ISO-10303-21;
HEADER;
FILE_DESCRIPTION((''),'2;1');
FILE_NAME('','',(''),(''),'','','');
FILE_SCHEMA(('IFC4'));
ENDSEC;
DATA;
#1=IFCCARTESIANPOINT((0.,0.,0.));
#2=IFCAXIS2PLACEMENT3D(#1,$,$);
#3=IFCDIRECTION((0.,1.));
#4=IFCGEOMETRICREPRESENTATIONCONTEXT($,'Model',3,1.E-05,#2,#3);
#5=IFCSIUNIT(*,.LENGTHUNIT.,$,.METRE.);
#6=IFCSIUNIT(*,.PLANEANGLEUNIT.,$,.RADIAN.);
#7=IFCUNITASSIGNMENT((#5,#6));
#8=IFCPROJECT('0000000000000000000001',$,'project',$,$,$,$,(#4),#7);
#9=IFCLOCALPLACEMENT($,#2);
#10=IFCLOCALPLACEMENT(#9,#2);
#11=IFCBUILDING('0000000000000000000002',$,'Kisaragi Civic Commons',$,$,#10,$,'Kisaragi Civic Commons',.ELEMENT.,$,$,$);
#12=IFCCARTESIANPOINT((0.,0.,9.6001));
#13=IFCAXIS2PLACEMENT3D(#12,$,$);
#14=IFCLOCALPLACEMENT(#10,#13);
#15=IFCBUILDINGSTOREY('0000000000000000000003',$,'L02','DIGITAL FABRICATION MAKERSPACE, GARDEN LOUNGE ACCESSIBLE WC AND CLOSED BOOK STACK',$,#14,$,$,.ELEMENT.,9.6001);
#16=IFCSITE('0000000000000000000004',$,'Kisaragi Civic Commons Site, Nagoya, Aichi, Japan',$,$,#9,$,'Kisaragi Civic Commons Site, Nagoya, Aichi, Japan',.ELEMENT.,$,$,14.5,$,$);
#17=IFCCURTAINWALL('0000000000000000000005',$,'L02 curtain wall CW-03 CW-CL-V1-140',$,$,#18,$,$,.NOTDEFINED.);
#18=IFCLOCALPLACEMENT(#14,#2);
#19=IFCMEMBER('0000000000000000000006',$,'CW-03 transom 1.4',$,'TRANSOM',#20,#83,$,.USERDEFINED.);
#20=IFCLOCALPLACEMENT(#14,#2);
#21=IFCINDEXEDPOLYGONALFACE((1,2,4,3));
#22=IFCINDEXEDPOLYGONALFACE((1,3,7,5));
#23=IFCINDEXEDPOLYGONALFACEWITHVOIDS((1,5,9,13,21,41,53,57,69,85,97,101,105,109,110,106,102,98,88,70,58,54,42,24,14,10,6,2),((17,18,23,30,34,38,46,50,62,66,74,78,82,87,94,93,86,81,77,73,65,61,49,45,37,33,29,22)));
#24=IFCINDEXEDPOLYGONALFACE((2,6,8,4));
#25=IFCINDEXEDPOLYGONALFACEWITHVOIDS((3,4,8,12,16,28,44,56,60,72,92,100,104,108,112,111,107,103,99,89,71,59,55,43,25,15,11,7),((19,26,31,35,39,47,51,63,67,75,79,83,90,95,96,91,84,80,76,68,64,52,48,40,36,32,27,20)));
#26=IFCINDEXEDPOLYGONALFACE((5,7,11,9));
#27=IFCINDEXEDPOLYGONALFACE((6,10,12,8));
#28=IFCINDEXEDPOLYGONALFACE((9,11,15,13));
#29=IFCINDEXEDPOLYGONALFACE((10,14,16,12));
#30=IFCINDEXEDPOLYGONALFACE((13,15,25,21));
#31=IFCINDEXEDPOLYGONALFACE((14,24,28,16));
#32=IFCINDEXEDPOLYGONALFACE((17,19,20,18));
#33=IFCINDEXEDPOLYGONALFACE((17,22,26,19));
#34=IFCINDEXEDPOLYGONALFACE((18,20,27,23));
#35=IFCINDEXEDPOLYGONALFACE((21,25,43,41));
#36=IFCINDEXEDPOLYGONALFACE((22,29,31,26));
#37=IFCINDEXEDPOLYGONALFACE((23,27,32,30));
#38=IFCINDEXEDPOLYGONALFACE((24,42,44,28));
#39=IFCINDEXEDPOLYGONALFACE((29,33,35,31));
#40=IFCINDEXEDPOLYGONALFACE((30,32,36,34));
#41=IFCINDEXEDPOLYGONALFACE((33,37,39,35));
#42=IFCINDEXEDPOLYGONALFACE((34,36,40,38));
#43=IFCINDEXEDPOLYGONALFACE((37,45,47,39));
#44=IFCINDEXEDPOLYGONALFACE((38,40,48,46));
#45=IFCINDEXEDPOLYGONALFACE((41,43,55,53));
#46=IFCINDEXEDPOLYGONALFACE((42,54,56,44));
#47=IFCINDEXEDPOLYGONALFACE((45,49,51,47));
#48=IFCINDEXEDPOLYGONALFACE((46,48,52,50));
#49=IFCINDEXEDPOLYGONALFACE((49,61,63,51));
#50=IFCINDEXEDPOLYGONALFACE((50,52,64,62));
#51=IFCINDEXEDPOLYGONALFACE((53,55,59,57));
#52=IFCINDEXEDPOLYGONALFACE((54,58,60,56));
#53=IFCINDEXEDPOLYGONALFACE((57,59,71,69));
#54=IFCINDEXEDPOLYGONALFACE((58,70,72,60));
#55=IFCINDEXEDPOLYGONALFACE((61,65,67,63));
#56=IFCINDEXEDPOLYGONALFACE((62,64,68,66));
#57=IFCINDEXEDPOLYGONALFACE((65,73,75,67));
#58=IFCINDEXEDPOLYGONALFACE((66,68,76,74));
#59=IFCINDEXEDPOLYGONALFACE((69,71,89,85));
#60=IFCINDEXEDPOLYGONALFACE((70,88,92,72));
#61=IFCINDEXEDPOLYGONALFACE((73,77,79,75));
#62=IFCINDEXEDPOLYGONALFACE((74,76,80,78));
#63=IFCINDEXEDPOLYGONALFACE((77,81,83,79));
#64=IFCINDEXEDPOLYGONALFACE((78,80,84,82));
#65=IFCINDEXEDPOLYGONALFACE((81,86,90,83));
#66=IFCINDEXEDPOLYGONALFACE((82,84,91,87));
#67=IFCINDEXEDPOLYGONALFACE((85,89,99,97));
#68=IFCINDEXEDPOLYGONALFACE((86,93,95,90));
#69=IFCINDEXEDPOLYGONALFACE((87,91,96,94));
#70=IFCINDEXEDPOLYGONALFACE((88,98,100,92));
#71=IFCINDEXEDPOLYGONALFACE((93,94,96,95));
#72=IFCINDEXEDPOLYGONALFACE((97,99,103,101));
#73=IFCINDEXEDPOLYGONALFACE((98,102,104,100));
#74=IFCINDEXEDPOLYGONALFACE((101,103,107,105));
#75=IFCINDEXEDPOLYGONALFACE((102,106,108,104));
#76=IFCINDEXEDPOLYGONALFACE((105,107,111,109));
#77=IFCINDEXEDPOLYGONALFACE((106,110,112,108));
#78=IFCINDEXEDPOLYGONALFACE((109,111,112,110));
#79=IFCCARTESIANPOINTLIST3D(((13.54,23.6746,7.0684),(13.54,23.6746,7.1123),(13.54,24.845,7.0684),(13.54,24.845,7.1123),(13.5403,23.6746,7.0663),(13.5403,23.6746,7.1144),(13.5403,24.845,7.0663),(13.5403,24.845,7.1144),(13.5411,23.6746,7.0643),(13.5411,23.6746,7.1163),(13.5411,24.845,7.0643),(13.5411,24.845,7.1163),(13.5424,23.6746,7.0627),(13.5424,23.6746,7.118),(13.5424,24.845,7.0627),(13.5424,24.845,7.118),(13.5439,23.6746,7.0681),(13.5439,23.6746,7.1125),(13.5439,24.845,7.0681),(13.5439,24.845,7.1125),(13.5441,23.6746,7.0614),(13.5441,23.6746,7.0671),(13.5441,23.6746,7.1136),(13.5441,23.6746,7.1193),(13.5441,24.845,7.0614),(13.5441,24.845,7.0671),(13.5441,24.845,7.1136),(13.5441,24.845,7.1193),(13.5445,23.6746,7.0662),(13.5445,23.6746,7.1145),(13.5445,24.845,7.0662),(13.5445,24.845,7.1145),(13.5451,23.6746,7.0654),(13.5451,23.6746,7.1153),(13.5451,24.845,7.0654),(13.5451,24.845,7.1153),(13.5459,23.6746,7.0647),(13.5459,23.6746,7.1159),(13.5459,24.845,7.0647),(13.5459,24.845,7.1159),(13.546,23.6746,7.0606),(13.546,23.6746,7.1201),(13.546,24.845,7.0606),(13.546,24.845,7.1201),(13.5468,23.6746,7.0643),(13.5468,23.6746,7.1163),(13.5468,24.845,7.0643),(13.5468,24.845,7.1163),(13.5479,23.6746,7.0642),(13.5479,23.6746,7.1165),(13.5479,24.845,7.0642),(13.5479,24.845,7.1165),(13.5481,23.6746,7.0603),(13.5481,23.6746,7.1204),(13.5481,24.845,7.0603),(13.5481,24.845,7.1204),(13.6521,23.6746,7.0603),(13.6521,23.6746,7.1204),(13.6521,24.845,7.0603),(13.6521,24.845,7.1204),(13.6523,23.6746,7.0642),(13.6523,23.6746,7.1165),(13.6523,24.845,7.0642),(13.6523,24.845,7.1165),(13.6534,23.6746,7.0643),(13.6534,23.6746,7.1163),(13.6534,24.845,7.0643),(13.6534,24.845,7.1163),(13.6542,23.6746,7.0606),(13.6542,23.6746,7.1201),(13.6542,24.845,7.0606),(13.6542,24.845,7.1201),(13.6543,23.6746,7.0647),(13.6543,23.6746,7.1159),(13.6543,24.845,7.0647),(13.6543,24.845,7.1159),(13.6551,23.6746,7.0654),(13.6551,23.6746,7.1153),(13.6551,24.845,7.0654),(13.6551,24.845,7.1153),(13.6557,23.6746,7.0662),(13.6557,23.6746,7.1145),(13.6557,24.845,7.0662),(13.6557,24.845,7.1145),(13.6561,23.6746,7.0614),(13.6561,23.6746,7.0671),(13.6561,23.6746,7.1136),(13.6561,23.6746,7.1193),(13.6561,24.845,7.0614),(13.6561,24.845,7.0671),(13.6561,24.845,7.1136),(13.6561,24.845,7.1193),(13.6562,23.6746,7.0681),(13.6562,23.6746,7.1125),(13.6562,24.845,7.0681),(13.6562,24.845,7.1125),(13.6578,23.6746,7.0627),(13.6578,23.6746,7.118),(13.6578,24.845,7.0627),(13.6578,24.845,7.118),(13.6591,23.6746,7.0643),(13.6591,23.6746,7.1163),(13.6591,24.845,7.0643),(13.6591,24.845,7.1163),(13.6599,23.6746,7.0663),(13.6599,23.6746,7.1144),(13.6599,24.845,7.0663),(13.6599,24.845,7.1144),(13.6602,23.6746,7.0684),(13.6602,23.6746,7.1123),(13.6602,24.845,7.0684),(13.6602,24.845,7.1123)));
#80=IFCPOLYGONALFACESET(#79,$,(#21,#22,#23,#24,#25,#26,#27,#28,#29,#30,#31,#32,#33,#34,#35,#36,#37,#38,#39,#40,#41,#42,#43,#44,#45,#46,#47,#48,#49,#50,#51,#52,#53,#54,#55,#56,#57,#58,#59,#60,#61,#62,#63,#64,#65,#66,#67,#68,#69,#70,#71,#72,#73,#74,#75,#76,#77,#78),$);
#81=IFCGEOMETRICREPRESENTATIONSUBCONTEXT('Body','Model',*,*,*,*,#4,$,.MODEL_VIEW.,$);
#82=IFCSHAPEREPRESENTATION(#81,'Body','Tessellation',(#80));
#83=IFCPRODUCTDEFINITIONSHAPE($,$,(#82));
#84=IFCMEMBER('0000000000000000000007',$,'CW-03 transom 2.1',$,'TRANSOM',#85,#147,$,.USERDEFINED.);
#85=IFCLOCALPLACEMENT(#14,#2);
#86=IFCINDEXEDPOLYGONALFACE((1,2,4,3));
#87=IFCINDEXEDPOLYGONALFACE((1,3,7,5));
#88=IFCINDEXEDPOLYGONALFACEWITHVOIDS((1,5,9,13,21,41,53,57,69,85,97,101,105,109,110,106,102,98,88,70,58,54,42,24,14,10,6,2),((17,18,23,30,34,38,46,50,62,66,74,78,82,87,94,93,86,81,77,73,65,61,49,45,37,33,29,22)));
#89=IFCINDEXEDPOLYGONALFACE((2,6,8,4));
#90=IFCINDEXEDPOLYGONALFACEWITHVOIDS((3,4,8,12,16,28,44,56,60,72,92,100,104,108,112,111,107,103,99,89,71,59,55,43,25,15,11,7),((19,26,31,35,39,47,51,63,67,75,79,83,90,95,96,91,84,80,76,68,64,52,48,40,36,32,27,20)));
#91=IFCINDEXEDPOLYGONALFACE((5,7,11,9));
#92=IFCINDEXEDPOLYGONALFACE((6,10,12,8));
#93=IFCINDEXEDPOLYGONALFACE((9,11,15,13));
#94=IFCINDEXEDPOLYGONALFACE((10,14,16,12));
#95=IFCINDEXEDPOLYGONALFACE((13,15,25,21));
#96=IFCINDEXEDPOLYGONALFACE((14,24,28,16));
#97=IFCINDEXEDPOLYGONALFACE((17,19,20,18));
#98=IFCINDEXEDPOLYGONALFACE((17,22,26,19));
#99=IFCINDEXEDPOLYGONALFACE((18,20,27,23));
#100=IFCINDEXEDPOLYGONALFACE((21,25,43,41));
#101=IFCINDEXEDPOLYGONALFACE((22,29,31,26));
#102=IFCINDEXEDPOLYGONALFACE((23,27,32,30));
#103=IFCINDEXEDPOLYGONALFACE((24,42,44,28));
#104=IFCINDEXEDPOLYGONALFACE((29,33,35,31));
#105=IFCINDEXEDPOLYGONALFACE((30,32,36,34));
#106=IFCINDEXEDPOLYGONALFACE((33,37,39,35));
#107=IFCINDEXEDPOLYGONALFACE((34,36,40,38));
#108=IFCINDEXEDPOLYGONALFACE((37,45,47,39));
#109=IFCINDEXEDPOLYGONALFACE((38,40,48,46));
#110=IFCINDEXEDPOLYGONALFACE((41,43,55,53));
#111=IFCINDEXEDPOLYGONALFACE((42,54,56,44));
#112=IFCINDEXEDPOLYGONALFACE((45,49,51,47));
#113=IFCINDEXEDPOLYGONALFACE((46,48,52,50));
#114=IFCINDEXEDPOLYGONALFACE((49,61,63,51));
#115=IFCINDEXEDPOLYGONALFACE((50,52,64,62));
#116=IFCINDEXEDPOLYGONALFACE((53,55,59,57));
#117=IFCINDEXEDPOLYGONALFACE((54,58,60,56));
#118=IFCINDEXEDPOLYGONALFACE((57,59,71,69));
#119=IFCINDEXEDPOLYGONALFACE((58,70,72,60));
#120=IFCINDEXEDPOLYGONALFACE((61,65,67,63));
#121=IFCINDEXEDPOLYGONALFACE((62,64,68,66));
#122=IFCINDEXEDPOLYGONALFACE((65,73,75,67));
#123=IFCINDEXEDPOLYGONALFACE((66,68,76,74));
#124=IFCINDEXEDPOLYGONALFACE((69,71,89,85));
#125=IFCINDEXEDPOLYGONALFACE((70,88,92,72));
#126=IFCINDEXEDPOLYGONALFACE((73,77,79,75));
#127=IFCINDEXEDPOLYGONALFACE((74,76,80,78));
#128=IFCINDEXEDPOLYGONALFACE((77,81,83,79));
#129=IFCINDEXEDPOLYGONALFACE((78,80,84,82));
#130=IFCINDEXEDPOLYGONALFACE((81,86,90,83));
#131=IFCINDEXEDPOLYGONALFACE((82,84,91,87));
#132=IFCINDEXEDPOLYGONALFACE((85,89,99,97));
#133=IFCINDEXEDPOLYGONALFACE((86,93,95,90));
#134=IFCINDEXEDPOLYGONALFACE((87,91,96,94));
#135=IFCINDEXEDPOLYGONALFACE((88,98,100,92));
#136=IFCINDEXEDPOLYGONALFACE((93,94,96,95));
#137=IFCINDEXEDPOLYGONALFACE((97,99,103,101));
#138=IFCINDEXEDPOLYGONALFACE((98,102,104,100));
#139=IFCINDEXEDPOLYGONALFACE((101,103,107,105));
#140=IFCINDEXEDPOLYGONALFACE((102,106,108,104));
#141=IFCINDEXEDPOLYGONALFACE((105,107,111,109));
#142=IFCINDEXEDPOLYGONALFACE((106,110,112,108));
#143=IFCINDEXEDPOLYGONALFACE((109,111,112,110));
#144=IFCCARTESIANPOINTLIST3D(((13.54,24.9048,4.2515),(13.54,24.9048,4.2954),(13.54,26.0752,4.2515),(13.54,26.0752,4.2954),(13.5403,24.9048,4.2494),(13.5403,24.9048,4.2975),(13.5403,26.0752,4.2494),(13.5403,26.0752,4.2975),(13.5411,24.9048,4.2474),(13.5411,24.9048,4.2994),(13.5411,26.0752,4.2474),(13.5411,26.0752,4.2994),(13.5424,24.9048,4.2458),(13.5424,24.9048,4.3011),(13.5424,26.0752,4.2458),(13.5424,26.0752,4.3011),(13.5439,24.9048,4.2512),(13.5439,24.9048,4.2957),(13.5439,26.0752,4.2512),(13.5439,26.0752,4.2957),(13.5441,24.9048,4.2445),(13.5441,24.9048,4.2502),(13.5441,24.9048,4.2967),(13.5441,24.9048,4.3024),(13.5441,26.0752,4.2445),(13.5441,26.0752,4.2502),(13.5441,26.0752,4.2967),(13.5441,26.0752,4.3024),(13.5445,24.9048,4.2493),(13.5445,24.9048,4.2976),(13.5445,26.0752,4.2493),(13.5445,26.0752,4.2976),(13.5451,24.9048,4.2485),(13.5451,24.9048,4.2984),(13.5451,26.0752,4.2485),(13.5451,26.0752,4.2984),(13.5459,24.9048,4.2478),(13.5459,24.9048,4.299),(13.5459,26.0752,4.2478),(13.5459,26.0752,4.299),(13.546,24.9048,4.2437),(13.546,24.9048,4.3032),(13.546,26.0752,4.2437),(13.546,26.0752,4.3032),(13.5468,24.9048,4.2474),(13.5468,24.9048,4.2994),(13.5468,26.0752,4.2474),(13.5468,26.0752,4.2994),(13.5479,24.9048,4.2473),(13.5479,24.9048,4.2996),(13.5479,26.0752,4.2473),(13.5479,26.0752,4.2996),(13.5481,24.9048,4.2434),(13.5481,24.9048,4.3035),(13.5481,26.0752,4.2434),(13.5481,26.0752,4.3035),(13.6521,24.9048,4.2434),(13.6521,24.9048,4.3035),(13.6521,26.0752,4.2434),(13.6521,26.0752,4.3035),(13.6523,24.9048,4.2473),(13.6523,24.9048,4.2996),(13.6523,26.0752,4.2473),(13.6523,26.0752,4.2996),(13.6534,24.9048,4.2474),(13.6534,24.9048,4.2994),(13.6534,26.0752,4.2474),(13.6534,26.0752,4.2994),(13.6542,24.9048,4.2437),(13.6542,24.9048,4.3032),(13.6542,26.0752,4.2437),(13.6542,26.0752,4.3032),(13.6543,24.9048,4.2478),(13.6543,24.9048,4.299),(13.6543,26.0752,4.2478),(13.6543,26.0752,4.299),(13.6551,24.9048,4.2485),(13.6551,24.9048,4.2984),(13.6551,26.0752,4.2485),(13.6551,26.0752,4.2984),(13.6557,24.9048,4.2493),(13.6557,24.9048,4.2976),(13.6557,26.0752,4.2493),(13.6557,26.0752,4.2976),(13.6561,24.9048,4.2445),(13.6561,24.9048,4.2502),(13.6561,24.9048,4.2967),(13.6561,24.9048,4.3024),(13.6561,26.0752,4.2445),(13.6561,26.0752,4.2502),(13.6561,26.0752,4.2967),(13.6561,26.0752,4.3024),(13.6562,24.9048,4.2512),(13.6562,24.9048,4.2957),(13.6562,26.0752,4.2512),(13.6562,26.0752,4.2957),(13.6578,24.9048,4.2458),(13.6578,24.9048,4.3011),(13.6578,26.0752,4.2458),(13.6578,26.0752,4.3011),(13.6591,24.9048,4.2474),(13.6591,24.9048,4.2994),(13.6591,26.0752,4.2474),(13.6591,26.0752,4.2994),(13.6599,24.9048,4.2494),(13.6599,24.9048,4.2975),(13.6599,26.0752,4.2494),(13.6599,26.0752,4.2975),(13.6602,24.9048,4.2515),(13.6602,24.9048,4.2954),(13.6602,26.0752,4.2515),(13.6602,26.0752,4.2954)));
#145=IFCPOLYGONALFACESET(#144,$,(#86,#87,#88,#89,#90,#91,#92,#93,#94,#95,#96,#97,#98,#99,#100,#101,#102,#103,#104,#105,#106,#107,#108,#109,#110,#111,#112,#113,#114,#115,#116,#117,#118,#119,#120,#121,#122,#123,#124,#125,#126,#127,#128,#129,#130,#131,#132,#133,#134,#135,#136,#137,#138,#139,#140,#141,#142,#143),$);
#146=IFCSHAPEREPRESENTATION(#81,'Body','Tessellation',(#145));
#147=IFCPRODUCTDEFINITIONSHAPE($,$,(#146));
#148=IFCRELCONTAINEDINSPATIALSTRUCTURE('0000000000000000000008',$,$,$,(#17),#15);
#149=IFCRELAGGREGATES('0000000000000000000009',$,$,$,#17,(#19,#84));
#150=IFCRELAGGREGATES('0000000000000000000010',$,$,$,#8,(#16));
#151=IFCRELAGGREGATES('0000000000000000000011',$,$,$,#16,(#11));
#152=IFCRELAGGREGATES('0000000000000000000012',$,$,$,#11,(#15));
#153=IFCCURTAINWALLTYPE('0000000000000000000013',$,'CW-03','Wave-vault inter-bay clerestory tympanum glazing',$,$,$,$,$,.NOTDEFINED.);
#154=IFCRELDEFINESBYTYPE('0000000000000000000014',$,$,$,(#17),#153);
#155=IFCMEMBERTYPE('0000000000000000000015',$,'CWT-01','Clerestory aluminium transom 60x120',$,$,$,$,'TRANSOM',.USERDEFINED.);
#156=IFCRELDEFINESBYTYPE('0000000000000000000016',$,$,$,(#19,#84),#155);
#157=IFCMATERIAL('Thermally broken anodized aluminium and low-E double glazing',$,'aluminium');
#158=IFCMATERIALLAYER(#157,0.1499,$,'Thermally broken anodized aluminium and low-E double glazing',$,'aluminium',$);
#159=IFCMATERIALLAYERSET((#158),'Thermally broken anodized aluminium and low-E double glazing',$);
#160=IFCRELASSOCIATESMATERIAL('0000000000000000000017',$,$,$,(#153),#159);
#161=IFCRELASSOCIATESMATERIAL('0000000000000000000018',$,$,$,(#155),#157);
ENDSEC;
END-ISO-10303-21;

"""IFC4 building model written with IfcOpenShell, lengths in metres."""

from ifc_helpers import new_model, si_unit, direction, frame, origin, origin_2d, place, context, subcontext, project, spatial, hollow_rectangle, extrude, material, layer, layer_set, material_profile, profile_set, type_object, element, aggregate, save


model = new_model("IFC4")

# Units and contexts
model_context = context("Model", 3, precision=1e-05, world=origin(), true_north=direction((0.0, 1.0)))
body_context = subcontext(model_context, "Body", "Model", "MODEL_VIEW")
ifc_project = project(units=[si_unit("LENGTHUNIT", "METRE"), si_unit("PLANEANGLEUNIT", "RADIAN")], contexts=[model_context])

# Site, building, storey
site_placement = place(None, origin())
site = spatial("IfcSite", under=ifc_project, at=site_placement, Name="Kisaragi Civic Commons Site, Nagoya, Aichi, Japan", LongName="Kisaragi Civic Commons Site, Nagoya, Aichi, Japan", CompositionType="ELEMENT", RefElevation=14.5)
building_placement = place(site_placement, origin())
building = spatial("IfcBuilding", under=site, at=building_placement, Name="Kisaragi Civic Commons", LongName="Kisaragi Civic Commons", CompositionType="ELEMENT")
storey_placement = place(building_placement, frame((0.0, 0.0, 9.6001)))
storey = spatial("IfcBuildingStorey", under=building, at=storey_placement, Name="L02", Description="DIGITAL FABRICATION MAKERSPACE, GARDEN LOUNGE ACCESSIBLE WC AND CLOSED BOOK STACK", CompositionType="ELEMENT", Elevation=9.6001)

# Curtain wall, members
ifc_material_1 = material(Name="Thermally broken anodized aluminium and low-E double glazing", Category="aluminium")
ifc_layer_1 = layer(ifc_material_1, 0.1499, Name="Thermally broken anodized aluminium and low-E double glazing", Category="aluminium")
ifc_layer_set_1 = layer_set([ifc_layer_1], Name="Thermally broken anodized aluminium and low-E double glazing")
curtain_wall_type = type_object("IfcCurtainWallType", Name="CW-03", Description="Wave-vault inter-bay clerestory tympanum glazing", PredefinedType="NOTDEFINED", material=ifc_layer_set_1)
curtain_wall_placement = place(storey_placement, origin())
curtain_wall = element("IfcCurtainWall", 1, at=curtain_wall_placement, inside=storey, type_object=curtain_wall_type, Name="L02 curtain wall CW-03 CW-CL-V1-140", PredefinedType="NOTDEFINED")
ifc_material_profile_1 = material_profile(ifc_material_1, hollow_rectangle(XDim=0.1201, YDim=0.0601, WallThickness=0.0039, InnerFilletRadius=0.0039, OuterFilletRadius=0.0081, at=origin_2d()), Name="CWT-60x120x4", Category="aluminium")
ifc_profile_set_1 = profile_set([ifc_material_profile_1], Name="Thermally broken anodized aluminium and low-E double glazing")
member_type_1 = type_object("IfcMemberType", Name="CWT-01", Description="Clerestory aluminium transom 60x120", ElementType="TRANSOM", PredefinedType="USERDEFINED", material=ifc_profile_set_1)
member_1_placement = place(storey_placement, frame((13.6001, 23.6746, 7.0903), z_axis=(0.0, 1.0, 0.0), x_axis=(-1.0, 0.0, 0.0)))
member_1 = element("IfcMember", 2, at=member_1_placement, type_object=member_type_1, Name="CW-03 transom 1.4", ObjectType="TRANSOM", PredefinedType="USERDEFINED", context=body_context, shape_type="SweptSolid", body=[
    extrude(hollow_rectangle(XDim=0.1201, YDim=0.0601, WallThickness=0.0039, InnerFilletRadius=0.0039, OuterFilletRadius=0.0081, at=origin_2d()), origin(), (0.0, 0.0, 1.0), 1.1704),
])
member_2_placement = place(storey_placement, frame((13.6001, 24.9048, 4.2734), z_axis=(0.0, 1.0, 0.0), x_axis=(-1.0, 0.0, 0.0)))
member_2 = element("IfcMember", 3, at=member_2_placement, type_object=member_type_1, Name="CW-03 transom 2.1", ObjectType="TRANSOM", PredefinedType="USERDEFINED", context=body_context, shape_type="SweptSolid", body=[
    extrude(hollow_rectangle(XDim=0.1201, YDim=0.0601, WallThickness=0.0039, InnerFilletRadius=0.0039, OuterFilletRadius=0.0081, at=origin_2d()), origin(), (0.0, 0.0, 1.0), 1.1704),
])

aggregate(curtain_wall, [member_1, member_2])

save(model, "model.ifc")
